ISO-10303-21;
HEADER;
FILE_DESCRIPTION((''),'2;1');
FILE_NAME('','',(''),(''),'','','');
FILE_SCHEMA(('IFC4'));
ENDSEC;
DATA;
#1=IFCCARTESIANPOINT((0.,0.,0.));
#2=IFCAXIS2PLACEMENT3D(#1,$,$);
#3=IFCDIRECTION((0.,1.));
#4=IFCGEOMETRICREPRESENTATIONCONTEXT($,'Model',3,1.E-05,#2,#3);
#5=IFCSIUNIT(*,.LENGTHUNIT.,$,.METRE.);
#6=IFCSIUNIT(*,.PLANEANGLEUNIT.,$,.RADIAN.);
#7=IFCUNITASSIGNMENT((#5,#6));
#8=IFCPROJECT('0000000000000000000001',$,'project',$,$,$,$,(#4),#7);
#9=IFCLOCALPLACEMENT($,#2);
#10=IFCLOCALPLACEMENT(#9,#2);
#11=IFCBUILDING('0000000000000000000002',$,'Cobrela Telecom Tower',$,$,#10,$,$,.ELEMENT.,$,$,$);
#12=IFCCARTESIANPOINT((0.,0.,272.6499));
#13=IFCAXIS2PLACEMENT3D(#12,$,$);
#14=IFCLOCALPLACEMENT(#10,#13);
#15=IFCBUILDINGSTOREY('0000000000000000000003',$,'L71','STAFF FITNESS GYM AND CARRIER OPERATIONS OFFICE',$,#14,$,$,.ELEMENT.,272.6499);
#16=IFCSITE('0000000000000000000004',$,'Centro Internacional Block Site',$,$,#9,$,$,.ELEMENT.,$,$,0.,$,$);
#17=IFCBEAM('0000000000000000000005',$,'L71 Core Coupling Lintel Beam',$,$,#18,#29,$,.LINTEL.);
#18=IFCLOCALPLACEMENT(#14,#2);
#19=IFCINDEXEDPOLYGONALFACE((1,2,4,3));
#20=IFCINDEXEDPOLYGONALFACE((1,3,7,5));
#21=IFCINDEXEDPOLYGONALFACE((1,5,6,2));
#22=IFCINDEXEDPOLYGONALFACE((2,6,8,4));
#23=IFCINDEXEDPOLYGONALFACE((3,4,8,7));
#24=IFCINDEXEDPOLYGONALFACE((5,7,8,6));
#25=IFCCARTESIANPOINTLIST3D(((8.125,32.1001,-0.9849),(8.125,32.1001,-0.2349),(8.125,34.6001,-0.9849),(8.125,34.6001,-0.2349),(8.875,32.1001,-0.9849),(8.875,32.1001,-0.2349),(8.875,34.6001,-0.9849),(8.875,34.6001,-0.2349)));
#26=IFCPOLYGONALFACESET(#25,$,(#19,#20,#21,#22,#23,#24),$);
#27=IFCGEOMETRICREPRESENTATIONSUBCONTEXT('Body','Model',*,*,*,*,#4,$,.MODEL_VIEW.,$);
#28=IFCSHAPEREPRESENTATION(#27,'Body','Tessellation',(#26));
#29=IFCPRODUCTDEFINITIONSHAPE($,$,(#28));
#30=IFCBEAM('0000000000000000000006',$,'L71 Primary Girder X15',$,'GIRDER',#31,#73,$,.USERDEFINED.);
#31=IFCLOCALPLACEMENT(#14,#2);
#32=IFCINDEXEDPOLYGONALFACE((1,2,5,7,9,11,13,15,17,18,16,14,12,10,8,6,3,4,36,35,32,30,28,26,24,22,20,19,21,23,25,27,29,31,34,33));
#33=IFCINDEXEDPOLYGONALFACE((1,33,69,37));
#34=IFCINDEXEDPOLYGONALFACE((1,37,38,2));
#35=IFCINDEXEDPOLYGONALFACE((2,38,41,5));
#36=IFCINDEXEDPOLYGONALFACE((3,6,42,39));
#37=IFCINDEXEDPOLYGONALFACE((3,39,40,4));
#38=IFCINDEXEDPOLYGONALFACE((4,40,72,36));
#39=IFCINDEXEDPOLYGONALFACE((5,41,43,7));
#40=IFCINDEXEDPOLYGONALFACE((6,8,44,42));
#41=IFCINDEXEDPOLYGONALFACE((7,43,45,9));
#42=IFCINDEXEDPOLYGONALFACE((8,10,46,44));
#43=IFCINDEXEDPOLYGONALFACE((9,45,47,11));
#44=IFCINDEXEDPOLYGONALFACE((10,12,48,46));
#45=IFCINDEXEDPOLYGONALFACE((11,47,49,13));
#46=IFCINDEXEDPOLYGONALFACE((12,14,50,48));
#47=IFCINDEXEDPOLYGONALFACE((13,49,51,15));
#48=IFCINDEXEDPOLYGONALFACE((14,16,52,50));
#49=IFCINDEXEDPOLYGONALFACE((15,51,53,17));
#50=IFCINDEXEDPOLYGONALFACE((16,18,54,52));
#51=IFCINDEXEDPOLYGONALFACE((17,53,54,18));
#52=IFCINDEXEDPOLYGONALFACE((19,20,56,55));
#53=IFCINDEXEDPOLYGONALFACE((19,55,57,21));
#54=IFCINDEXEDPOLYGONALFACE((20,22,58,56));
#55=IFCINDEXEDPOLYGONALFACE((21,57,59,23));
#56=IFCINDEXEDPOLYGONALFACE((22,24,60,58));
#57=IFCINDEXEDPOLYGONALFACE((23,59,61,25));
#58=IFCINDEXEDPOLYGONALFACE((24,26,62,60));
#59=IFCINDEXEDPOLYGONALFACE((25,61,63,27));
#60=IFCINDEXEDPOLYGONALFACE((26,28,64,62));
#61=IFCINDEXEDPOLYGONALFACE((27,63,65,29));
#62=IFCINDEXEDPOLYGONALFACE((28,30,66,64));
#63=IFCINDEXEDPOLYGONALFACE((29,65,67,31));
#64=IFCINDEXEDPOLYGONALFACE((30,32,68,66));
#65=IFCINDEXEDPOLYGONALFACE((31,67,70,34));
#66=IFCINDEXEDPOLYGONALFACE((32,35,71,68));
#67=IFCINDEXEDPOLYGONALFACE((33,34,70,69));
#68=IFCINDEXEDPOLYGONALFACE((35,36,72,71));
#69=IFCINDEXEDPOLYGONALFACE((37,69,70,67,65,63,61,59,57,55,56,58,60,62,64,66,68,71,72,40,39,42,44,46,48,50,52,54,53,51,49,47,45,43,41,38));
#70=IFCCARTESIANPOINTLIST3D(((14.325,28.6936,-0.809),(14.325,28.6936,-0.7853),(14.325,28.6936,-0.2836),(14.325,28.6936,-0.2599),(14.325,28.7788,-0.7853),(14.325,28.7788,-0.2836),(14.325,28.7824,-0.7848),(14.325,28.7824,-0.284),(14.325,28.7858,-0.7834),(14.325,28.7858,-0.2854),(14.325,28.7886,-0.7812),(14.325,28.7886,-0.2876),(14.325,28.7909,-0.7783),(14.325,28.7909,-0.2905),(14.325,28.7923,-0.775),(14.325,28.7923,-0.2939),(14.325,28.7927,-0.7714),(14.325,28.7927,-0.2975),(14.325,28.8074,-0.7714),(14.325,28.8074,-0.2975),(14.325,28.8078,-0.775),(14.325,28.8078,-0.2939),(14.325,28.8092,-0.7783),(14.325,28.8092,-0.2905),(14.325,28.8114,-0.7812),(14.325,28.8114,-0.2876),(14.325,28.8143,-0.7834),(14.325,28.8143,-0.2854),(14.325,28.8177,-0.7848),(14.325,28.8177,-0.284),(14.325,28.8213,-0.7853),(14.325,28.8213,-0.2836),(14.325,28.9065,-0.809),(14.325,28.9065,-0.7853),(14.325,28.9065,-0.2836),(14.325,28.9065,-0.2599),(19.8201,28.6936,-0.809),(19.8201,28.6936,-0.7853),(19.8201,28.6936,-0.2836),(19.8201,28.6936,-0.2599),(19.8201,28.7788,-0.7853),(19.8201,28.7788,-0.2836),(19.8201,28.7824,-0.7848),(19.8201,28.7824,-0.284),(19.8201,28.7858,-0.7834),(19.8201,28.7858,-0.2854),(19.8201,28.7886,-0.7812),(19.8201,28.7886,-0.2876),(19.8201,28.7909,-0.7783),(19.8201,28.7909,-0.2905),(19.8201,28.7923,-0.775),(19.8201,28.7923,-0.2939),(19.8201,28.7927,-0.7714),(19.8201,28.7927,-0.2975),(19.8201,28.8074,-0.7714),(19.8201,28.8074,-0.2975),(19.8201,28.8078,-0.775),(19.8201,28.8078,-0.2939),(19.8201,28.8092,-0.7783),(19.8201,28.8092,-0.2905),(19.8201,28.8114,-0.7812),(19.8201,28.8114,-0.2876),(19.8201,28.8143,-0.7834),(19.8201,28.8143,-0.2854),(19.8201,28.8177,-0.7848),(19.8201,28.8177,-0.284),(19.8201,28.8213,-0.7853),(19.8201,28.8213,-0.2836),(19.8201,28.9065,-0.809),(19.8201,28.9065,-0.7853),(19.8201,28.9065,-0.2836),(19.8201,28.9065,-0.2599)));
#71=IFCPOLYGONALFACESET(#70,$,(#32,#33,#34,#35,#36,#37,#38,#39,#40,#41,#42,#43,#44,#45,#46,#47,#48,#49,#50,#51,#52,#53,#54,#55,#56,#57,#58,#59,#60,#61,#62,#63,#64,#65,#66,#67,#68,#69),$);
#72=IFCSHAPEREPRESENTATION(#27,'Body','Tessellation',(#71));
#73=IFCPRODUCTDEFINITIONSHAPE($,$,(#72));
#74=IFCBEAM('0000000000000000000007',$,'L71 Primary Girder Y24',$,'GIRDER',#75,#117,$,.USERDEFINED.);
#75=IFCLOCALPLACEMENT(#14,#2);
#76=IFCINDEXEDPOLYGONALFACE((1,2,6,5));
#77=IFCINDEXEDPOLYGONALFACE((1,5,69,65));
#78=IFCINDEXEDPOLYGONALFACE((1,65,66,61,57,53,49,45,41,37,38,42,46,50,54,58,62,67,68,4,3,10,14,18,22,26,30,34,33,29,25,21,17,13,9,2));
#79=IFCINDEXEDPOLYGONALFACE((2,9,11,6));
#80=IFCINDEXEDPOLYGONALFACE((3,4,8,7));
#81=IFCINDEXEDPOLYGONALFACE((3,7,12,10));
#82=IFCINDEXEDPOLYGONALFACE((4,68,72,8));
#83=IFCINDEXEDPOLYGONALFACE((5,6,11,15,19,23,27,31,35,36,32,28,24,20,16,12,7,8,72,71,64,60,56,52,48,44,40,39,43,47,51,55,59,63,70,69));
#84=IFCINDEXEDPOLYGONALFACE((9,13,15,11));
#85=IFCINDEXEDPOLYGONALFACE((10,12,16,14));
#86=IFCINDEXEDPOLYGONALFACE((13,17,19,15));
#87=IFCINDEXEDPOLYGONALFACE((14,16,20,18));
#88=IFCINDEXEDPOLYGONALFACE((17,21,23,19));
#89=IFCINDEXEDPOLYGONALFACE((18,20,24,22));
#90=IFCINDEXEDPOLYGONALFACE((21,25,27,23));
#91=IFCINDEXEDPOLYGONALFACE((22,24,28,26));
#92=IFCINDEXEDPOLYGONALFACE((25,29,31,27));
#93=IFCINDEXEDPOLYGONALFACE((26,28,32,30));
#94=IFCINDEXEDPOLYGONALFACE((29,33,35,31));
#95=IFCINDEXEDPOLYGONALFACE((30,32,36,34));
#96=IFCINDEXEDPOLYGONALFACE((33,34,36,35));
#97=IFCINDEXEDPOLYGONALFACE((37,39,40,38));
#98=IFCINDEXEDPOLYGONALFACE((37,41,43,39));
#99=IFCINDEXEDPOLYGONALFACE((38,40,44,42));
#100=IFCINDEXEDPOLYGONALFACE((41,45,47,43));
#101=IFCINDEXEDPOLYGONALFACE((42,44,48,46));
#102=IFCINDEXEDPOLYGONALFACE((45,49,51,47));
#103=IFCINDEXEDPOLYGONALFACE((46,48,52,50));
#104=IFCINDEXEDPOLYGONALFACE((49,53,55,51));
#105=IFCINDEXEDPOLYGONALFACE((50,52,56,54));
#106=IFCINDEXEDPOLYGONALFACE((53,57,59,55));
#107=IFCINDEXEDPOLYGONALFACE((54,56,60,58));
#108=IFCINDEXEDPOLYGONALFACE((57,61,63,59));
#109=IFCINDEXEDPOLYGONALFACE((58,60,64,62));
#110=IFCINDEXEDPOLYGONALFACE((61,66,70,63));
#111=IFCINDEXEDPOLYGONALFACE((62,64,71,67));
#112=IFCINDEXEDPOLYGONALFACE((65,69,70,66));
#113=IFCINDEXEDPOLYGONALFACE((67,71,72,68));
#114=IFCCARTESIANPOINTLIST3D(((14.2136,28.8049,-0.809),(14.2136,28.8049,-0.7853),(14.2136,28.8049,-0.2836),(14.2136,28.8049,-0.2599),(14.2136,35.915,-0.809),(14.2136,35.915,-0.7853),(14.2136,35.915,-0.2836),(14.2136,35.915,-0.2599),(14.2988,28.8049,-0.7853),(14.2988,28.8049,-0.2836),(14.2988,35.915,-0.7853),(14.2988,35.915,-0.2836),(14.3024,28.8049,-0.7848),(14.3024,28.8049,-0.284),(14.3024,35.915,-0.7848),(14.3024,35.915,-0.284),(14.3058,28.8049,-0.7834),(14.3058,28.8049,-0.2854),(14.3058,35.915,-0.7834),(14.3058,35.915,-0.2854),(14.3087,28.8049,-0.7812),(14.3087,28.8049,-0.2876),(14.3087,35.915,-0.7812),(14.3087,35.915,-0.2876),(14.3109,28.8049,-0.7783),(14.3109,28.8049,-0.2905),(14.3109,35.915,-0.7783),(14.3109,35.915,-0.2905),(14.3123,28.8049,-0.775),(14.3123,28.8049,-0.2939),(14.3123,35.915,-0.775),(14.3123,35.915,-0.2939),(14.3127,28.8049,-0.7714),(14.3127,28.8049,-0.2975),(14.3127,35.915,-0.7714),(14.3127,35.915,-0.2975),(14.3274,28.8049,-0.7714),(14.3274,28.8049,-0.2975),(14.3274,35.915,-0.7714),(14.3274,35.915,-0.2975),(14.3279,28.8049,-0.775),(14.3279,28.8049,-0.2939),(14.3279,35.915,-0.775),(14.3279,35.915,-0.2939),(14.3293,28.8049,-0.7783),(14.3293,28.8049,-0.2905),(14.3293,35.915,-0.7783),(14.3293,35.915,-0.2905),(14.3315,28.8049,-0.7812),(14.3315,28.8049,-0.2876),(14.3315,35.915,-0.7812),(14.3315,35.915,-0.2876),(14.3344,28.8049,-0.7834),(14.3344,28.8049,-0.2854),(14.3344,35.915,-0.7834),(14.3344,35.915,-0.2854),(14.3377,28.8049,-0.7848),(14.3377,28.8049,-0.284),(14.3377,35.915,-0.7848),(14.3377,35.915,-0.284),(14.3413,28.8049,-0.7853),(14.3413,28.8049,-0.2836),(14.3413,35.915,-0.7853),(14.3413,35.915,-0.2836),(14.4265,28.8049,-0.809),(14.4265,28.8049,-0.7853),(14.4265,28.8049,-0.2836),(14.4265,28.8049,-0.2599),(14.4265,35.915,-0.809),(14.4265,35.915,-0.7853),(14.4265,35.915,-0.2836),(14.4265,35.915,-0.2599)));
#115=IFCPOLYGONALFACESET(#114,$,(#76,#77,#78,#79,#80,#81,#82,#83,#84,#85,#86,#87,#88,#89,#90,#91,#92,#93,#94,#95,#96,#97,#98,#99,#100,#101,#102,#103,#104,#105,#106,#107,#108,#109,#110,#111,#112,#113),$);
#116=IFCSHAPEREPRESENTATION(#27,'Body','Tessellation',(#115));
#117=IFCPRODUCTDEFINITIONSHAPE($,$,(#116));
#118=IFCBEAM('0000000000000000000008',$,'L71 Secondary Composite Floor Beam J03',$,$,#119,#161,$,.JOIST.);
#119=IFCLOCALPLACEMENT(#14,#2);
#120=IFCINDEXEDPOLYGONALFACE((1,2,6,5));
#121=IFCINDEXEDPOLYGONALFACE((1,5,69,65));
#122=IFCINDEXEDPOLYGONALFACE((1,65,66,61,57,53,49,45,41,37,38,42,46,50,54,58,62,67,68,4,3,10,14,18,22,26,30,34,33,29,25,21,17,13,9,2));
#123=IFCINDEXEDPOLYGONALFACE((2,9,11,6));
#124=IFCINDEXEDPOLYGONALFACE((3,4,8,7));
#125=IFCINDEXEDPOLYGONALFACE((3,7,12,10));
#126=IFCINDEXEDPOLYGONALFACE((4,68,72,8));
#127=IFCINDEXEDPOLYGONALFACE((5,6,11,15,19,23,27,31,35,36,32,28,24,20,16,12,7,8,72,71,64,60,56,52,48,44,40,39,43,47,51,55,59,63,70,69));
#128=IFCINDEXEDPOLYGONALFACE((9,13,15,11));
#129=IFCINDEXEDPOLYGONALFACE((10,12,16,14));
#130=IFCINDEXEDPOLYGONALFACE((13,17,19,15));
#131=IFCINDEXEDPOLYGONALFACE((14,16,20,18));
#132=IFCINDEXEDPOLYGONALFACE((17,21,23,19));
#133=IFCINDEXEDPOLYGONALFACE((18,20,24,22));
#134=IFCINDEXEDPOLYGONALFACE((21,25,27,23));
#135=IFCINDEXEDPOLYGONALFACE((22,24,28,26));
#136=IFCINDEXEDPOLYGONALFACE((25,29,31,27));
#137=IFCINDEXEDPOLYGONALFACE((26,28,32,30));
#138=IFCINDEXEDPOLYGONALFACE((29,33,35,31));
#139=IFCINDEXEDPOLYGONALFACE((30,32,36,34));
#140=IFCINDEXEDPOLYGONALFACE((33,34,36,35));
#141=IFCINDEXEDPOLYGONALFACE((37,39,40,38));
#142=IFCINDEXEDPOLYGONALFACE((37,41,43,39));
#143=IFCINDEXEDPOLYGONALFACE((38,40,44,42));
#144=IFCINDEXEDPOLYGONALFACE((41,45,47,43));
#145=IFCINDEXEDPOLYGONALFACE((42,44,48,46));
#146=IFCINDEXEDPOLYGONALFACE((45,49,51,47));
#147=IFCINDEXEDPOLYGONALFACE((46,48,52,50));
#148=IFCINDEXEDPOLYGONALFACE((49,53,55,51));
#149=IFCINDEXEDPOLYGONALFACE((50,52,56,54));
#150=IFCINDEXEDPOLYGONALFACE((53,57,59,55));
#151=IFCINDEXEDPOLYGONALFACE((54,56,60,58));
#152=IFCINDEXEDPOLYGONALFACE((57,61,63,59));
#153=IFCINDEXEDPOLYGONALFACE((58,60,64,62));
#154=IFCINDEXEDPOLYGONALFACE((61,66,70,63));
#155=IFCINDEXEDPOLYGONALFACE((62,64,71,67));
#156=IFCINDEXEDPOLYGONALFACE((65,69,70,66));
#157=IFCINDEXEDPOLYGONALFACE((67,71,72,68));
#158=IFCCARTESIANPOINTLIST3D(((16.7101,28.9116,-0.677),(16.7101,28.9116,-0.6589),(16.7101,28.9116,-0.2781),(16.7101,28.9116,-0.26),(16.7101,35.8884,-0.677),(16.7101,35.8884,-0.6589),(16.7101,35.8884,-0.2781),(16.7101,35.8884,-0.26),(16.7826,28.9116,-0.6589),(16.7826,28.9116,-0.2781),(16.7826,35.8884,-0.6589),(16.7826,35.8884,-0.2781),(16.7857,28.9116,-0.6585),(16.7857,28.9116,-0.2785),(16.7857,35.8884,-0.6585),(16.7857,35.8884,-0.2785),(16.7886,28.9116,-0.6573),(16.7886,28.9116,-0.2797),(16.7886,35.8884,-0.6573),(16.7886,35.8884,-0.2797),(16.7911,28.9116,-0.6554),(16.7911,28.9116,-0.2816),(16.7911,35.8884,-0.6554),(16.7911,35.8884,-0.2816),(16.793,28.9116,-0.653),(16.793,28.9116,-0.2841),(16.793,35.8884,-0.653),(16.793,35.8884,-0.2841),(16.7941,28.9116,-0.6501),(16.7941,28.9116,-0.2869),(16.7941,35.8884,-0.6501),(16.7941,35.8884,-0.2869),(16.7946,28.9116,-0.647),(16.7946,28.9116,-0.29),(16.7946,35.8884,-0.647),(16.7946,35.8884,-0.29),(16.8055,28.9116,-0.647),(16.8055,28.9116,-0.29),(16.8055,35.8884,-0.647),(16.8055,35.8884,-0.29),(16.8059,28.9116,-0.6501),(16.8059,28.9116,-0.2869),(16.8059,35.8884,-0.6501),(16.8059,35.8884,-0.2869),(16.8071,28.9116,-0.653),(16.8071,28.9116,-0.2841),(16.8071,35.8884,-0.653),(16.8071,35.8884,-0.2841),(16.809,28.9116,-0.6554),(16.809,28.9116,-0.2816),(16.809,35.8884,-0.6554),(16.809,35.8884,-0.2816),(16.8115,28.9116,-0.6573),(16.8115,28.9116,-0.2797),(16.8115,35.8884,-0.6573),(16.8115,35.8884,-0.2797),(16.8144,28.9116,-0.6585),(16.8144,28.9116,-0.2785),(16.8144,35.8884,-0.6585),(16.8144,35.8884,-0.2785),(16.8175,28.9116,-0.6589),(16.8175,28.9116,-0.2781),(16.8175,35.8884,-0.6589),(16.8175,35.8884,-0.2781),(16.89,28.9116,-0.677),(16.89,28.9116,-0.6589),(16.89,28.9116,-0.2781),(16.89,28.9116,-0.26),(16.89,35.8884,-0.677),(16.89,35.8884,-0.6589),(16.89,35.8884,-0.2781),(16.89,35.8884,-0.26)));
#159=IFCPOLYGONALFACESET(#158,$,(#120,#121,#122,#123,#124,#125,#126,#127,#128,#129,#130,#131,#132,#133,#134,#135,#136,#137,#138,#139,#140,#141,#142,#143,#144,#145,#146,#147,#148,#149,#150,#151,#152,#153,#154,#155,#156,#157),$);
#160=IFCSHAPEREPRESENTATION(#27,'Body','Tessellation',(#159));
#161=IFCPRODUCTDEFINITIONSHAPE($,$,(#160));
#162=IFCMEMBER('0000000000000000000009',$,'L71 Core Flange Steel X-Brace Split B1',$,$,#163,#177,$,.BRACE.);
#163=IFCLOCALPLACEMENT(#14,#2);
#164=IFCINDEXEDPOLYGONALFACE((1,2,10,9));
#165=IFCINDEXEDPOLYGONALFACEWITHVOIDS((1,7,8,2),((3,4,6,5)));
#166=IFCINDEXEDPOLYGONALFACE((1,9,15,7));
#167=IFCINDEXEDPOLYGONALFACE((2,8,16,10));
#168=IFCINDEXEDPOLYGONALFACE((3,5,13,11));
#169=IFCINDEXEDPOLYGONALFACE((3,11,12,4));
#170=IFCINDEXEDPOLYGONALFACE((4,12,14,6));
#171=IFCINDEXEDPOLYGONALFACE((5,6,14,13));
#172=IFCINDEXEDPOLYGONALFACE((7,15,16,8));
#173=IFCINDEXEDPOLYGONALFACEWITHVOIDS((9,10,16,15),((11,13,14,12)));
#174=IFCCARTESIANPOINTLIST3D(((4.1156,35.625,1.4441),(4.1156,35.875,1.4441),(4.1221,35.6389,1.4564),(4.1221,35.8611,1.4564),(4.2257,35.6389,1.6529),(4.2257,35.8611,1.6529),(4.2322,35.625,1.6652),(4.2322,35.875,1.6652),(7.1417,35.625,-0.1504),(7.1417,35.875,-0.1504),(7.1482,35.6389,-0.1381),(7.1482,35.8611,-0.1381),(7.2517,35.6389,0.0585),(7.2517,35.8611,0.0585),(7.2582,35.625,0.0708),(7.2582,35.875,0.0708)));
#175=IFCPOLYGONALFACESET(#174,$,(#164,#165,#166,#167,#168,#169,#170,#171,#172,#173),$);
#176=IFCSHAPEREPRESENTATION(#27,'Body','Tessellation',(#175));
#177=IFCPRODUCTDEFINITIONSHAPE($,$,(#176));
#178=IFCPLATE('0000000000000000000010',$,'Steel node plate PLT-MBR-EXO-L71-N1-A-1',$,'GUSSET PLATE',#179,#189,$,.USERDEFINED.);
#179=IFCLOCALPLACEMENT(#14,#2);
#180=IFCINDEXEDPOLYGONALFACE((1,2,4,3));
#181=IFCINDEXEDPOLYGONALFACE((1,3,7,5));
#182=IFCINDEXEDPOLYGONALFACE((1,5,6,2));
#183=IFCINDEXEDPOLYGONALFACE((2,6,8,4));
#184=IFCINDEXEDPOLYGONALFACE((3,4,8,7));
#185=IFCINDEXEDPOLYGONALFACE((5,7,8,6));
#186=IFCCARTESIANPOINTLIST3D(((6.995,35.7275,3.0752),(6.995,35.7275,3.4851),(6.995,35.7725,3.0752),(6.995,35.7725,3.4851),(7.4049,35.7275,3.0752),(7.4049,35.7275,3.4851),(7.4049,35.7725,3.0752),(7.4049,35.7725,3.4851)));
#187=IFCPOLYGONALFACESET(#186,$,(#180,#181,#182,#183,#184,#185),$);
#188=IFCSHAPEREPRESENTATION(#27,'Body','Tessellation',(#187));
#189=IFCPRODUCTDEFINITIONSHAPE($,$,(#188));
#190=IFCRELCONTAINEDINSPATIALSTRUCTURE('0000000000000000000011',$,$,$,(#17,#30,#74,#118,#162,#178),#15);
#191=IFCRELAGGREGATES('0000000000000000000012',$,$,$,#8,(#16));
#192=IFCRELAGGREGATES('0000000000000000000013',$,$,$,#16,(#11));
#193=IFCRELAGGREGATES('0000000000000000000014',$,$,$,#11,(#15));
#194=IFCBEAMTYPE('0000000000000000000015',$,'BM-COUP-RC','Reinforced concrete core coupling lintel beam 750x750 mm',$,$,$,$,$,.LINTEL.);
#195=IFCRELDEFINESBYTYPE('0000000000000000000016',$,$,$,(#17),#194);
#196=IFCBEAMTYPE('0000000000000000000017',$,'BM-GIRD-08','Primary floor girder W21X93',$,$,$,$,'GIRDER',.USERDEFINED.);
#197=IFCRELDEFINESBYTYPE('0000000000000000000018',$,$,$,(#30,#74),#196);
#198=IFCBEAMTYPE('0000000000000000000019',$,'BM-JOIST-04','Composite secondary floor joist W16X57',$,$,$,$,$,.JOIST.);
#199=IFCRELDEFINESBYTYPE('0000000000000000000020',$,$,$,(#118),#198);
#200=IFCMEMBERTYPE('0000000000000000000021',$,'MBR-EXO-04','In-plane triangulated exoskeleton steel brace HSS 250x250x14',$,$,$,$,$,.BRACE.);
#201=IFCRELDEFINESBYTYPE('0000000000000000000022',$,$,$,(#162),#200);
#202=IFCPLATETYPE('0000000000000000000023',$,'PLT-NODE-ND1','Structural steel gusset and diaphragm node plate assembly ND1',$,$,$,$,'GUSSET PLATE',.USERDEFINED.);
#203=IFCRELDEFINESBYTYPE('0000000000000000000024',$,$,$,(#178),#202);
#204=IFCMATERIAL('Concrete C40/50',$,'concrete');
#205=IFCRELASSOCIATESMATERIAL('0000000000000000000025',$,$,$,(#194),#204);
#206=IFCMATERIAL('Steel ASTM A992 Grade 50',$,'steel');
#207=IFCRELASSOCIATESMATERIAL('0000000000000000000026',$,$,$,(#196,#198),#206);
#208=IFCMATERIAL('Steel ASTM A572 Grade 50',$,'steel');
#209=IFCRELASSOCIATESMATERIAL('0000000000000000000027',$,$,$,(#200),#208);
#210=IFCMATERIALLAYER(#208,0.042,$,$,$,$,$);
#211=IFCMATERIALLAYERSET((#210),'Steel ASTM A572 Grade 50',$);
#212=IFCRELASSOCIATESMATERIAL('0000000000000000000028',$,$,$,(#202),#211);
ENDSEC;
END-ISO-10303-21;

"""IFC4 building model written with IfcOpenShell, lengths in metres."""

from ifc_helpers import new_model, si_unit, direction, frame, origin, origin_2d, place, context, subcontext, project, spatial, rectangle, hollow_rectangle, i_section, extrude, material, layer, layer_set, material_profile, profile_set, type_object, element, save


model = new_model("IFC4")

# Units and contexts
model_context = context("Model", 3, precision=1e-05, world=origin(), true_north=direction((0.0, 1.0)))
body_context = subcontext(model_context, "Body", "Model", "MODEL_VIEW")
ifc_project = project(units=[si_unit("LENGTHUNIT", "METRE"), si_unit("PLANEANGLEUNIT", "RADIAN")], contexts=[model_context])

# Site, building, storey
site_placement = place(None, origin())
site = spatial("IfcSite", under=ifc_project, at=site_placement, Name="Centro Internacional Block Site", CompositionType="ELEMENT", RefElevation=0.0)
building_placement = place(site_placement, origin())
building = spatial("IfcBuilding", under=site, at=building_placement, Name="Cobrela Telecom Tower", CompositionType="ELEMENT")
storey_placement = place(building_placement, frame((0.0, 0.0, 272.6499)))
storey = spatial("IfcBuildingStorey", under=building, at=storey_placement, Name="L71", Description="STAFF FITNESS GYM AND CARRIER OPERATIONS OFFICE", CompositionType="ELEMENT", Elevation=272.6499)

# Beams
ifc_material_1 = material(Name="Concrete C40/50", Category="concrete")
ifc_material_profile_1 = material_profile(ifc_material_1, rectangle(XDim=0.75, YDim=0.75, at=origin_2d()), Name="RC 750x750")
ifc_profile_set_1 = profile_set([ifc_material_profile_1], Name="Concrete C40/50")
beam_type_1 = type_object("IfcBeamType", Name="BM-COUP-RC", Description="Reinforced concrete core coupling lintel beam 750x750 mm", PredefinedType="LINTEL", material=ifc_profile_set_1)
beam_1_placement = place(storey_placement, frame((8.5, 32.1001, -0.6099), z_axis=(0.0, 1.0, 0.0), x_axis=(-1.0, 0.0, 0.0)))
element("IfcBeam", 1, at=beam_1_placement, inside=storey, type_object=beam_type_1, Name="L71 Core Coupling Lintel Beam", PredefinedType="LINTEL", context=body_context, shape_type="SweptSolid", body=[
    extrude(rectangle(XDim=0.75, YDim=0.75, at=origin_2d()), origin(), (0.0, 0.0, 1.0), 2.5),
])
ifc_material_2 = material(Name="Steel ASTM A992 Grade 50", Category="steel")
ifc_material_profile_2 = material_profile(ifc_material_2, i_section(OverallWidth=0.2129, OverallDepth=0.5491, WebThickness=0.0146, FlangeThickness=0.0237, FilletRadius=0.0139, at=origin_2d()), Name="W21X93")
ifc_profile_set_2 = profile_set([ifc_material_profile_2], Name="Steel ASTM A992 Grade 50")
beam_type_2 = type_object("IfcBeamType", Name="BM-GIRD-08", Description="Primary floor girder W21X93", ElementType="GIRDER", PredefinedType="USERDEFINED", material=ifc_profile_set_2)
beam_2_placement = place(storey_placement, frame((14.325, 28.8, -0.5344), z_axis=(1.0, 0.0, 0.0), x_axis=(0.0, 1.0, 0.0)))
element("IfcBeam", 2, at=beam_2_placement, inside=storey, type_object=beam_type_2, Name="L71 Primary Girder X15", ObjectType="GIRDER", PredefinedType="USERDEFINED", context=body_context, shape_type="SweptSolid", body=[
    extrude(i_section(OverallWidth=0.2129, OverallDepth=0.5491, WebThickness=0.0146, FlangeThickness=0.0237, FilletRadius=0.0139, at=origin_2d()), origin(), (0.0, 0.0, 1.0), 5.4951),
])
beam_3_placement = place(storey_placement, frame((14.3201, 28.8049, -0.5344), z_axis=(0.0, 1.0, 0.0), x_axis=(-1.0, 0.0, 0.0)))
element("IfcBeam", 3, at=beam_3_placement, inside=storey, type_object=beam_type_2, Name="L71 Primary Girder Y24", ObjectType="GIRDER", PredefinedType="USERDEFINED", context=body_context, shape_type="SweptSolid", body=[
    extrude(i_section(OverallWidth=0.2129, OverallDepth=0.5491, WebThickness=0.0146, FlangeThickness=0.0237, FilletRadius=0.0139, at=origin_2d()), origin(), (0.0, 0.0, 1.0), 7.1101),
])
ifc_material_profile_3 = material_profile(ifc_material_2, i_section(OverallWidth=0.1799, OverallDepth=0.417, WebThickness=0.011, FlangeThickness=0.0181, FilletRadius=0.012, at=origin_2d()), Name="W16X57")
ifc_profile_set_3 = profile_set([ifc_material_profile_3], Name="Steel ASTM A992 Grade 50")
beam_type_3 = type_object("IfcBeamType", Name="BM-JOIST-04", Description="Composite secondary floor joist W16X57", PredefinedType="JOIST", material=ifc_profile_set_3)
beam_4_placement = place(storey_placement, frame((16.8, 28.9116, -0.4685), z_axis=(0.0, 1.0, 0.0), x_axis=(-1.0, 0.0, 0.0)))
element("IfcBeam", 4, at=beam_4_placement, inside=storey, type_object=beam_type_3, Name="L71 Secondary Composite Floor Beam J03", PredefinedType="JOIST", context=body_context, shape_type="SweptSolid", body=[
    extrude(i_section(OverallWidth=0.1799, OverallDepth=0.417, WebThickness=0.011, FlangeThickness=0.0181, FilletRadius=0.012, at=origin_2d()), origin(), (0.0, 0.0, 1.0), 6.9768),
])

# Member
ifc_material_3 = material(Name="Steel ASTM A572 Grade 50", Category="steel")
ifc_material_profile_4 = material_profile(ifc_material_3, hollow_rectangle(XDim=0.25, YDim=0.25, WallThickness=0.0139, at=origin_2d()), Name="HSS 250x250x14")
ifc_profile_set_4 = profile_set([ifc_material_profile_4], Name="Steel ASTM A572 Grade 50")
member_type = type_object("IfcMemberType", Name="MBR-EXO-04", Description="In-plane triangulated exoskeleton steel brace HSS 250x250x14", PredefinedType="BRACE", material=ifc_profile_set_4)
member_placement = place(storey_placement, frame((7.2, 35.75, -0.0398), z_axis=(-0.884703, 0.0, 0.466155), x_axis=(0.0, -1.0, 0.0)))
element("IfcMember", 5, at=member_placement, inside=storey, type_object=member_type, Name="L71 Core Flange Steel X-Brace Split B1", PredefinedType="BRACE", context=body_context, shape_type="SweptSolid", body=[
    extrude(hollow_rectangle(XDim=0.25, YDim=0.25, WallThickness=0.0139, at=origin_2d()), origin(), (0.0, 0.0, 1.0), 3.4204),
])

# Plate
ifc_layer_1 = layer(ifc_material_3, 0.042)
ifc_layer_set_1 = layer_set([ifc_layer_1], Name="Steel ASTM A572 Grade 50")
plate_type = type_object("IfcPlateType", Name="PLT-NODE-ND1", Description="Structural steel gusset and diaphragm node plate assembly ND1", ElementType="GUSSET PLATE", PredefinedType="USERDEFINED", material=ifc_layer_set_1)
plate_placement = place(storey_placement, frame((7.2, 35.75, 3.0752), z_axis=(0.0, 0.0, 1.0), x_axis=(1.0, 0.0, 0.0)))
element("IfcPlate", 6, at=plate_placement, inside=storey, type_object=plate_type, Name="Steel node plate PLT-MBR-EXO-L71-N1-A-1", ObjectType="GUSSET PLATE", PredefinedType="USERDEFINED", context=body_context, shape_type="SweptSolid", body=[
    extrude(rectangle(XDim=0.4099, YDim=0.0449, at=origin_2d()), origin(), (0.0, 0.0, 1.0), 0.4099),
])

save(model, "model.ifc")
